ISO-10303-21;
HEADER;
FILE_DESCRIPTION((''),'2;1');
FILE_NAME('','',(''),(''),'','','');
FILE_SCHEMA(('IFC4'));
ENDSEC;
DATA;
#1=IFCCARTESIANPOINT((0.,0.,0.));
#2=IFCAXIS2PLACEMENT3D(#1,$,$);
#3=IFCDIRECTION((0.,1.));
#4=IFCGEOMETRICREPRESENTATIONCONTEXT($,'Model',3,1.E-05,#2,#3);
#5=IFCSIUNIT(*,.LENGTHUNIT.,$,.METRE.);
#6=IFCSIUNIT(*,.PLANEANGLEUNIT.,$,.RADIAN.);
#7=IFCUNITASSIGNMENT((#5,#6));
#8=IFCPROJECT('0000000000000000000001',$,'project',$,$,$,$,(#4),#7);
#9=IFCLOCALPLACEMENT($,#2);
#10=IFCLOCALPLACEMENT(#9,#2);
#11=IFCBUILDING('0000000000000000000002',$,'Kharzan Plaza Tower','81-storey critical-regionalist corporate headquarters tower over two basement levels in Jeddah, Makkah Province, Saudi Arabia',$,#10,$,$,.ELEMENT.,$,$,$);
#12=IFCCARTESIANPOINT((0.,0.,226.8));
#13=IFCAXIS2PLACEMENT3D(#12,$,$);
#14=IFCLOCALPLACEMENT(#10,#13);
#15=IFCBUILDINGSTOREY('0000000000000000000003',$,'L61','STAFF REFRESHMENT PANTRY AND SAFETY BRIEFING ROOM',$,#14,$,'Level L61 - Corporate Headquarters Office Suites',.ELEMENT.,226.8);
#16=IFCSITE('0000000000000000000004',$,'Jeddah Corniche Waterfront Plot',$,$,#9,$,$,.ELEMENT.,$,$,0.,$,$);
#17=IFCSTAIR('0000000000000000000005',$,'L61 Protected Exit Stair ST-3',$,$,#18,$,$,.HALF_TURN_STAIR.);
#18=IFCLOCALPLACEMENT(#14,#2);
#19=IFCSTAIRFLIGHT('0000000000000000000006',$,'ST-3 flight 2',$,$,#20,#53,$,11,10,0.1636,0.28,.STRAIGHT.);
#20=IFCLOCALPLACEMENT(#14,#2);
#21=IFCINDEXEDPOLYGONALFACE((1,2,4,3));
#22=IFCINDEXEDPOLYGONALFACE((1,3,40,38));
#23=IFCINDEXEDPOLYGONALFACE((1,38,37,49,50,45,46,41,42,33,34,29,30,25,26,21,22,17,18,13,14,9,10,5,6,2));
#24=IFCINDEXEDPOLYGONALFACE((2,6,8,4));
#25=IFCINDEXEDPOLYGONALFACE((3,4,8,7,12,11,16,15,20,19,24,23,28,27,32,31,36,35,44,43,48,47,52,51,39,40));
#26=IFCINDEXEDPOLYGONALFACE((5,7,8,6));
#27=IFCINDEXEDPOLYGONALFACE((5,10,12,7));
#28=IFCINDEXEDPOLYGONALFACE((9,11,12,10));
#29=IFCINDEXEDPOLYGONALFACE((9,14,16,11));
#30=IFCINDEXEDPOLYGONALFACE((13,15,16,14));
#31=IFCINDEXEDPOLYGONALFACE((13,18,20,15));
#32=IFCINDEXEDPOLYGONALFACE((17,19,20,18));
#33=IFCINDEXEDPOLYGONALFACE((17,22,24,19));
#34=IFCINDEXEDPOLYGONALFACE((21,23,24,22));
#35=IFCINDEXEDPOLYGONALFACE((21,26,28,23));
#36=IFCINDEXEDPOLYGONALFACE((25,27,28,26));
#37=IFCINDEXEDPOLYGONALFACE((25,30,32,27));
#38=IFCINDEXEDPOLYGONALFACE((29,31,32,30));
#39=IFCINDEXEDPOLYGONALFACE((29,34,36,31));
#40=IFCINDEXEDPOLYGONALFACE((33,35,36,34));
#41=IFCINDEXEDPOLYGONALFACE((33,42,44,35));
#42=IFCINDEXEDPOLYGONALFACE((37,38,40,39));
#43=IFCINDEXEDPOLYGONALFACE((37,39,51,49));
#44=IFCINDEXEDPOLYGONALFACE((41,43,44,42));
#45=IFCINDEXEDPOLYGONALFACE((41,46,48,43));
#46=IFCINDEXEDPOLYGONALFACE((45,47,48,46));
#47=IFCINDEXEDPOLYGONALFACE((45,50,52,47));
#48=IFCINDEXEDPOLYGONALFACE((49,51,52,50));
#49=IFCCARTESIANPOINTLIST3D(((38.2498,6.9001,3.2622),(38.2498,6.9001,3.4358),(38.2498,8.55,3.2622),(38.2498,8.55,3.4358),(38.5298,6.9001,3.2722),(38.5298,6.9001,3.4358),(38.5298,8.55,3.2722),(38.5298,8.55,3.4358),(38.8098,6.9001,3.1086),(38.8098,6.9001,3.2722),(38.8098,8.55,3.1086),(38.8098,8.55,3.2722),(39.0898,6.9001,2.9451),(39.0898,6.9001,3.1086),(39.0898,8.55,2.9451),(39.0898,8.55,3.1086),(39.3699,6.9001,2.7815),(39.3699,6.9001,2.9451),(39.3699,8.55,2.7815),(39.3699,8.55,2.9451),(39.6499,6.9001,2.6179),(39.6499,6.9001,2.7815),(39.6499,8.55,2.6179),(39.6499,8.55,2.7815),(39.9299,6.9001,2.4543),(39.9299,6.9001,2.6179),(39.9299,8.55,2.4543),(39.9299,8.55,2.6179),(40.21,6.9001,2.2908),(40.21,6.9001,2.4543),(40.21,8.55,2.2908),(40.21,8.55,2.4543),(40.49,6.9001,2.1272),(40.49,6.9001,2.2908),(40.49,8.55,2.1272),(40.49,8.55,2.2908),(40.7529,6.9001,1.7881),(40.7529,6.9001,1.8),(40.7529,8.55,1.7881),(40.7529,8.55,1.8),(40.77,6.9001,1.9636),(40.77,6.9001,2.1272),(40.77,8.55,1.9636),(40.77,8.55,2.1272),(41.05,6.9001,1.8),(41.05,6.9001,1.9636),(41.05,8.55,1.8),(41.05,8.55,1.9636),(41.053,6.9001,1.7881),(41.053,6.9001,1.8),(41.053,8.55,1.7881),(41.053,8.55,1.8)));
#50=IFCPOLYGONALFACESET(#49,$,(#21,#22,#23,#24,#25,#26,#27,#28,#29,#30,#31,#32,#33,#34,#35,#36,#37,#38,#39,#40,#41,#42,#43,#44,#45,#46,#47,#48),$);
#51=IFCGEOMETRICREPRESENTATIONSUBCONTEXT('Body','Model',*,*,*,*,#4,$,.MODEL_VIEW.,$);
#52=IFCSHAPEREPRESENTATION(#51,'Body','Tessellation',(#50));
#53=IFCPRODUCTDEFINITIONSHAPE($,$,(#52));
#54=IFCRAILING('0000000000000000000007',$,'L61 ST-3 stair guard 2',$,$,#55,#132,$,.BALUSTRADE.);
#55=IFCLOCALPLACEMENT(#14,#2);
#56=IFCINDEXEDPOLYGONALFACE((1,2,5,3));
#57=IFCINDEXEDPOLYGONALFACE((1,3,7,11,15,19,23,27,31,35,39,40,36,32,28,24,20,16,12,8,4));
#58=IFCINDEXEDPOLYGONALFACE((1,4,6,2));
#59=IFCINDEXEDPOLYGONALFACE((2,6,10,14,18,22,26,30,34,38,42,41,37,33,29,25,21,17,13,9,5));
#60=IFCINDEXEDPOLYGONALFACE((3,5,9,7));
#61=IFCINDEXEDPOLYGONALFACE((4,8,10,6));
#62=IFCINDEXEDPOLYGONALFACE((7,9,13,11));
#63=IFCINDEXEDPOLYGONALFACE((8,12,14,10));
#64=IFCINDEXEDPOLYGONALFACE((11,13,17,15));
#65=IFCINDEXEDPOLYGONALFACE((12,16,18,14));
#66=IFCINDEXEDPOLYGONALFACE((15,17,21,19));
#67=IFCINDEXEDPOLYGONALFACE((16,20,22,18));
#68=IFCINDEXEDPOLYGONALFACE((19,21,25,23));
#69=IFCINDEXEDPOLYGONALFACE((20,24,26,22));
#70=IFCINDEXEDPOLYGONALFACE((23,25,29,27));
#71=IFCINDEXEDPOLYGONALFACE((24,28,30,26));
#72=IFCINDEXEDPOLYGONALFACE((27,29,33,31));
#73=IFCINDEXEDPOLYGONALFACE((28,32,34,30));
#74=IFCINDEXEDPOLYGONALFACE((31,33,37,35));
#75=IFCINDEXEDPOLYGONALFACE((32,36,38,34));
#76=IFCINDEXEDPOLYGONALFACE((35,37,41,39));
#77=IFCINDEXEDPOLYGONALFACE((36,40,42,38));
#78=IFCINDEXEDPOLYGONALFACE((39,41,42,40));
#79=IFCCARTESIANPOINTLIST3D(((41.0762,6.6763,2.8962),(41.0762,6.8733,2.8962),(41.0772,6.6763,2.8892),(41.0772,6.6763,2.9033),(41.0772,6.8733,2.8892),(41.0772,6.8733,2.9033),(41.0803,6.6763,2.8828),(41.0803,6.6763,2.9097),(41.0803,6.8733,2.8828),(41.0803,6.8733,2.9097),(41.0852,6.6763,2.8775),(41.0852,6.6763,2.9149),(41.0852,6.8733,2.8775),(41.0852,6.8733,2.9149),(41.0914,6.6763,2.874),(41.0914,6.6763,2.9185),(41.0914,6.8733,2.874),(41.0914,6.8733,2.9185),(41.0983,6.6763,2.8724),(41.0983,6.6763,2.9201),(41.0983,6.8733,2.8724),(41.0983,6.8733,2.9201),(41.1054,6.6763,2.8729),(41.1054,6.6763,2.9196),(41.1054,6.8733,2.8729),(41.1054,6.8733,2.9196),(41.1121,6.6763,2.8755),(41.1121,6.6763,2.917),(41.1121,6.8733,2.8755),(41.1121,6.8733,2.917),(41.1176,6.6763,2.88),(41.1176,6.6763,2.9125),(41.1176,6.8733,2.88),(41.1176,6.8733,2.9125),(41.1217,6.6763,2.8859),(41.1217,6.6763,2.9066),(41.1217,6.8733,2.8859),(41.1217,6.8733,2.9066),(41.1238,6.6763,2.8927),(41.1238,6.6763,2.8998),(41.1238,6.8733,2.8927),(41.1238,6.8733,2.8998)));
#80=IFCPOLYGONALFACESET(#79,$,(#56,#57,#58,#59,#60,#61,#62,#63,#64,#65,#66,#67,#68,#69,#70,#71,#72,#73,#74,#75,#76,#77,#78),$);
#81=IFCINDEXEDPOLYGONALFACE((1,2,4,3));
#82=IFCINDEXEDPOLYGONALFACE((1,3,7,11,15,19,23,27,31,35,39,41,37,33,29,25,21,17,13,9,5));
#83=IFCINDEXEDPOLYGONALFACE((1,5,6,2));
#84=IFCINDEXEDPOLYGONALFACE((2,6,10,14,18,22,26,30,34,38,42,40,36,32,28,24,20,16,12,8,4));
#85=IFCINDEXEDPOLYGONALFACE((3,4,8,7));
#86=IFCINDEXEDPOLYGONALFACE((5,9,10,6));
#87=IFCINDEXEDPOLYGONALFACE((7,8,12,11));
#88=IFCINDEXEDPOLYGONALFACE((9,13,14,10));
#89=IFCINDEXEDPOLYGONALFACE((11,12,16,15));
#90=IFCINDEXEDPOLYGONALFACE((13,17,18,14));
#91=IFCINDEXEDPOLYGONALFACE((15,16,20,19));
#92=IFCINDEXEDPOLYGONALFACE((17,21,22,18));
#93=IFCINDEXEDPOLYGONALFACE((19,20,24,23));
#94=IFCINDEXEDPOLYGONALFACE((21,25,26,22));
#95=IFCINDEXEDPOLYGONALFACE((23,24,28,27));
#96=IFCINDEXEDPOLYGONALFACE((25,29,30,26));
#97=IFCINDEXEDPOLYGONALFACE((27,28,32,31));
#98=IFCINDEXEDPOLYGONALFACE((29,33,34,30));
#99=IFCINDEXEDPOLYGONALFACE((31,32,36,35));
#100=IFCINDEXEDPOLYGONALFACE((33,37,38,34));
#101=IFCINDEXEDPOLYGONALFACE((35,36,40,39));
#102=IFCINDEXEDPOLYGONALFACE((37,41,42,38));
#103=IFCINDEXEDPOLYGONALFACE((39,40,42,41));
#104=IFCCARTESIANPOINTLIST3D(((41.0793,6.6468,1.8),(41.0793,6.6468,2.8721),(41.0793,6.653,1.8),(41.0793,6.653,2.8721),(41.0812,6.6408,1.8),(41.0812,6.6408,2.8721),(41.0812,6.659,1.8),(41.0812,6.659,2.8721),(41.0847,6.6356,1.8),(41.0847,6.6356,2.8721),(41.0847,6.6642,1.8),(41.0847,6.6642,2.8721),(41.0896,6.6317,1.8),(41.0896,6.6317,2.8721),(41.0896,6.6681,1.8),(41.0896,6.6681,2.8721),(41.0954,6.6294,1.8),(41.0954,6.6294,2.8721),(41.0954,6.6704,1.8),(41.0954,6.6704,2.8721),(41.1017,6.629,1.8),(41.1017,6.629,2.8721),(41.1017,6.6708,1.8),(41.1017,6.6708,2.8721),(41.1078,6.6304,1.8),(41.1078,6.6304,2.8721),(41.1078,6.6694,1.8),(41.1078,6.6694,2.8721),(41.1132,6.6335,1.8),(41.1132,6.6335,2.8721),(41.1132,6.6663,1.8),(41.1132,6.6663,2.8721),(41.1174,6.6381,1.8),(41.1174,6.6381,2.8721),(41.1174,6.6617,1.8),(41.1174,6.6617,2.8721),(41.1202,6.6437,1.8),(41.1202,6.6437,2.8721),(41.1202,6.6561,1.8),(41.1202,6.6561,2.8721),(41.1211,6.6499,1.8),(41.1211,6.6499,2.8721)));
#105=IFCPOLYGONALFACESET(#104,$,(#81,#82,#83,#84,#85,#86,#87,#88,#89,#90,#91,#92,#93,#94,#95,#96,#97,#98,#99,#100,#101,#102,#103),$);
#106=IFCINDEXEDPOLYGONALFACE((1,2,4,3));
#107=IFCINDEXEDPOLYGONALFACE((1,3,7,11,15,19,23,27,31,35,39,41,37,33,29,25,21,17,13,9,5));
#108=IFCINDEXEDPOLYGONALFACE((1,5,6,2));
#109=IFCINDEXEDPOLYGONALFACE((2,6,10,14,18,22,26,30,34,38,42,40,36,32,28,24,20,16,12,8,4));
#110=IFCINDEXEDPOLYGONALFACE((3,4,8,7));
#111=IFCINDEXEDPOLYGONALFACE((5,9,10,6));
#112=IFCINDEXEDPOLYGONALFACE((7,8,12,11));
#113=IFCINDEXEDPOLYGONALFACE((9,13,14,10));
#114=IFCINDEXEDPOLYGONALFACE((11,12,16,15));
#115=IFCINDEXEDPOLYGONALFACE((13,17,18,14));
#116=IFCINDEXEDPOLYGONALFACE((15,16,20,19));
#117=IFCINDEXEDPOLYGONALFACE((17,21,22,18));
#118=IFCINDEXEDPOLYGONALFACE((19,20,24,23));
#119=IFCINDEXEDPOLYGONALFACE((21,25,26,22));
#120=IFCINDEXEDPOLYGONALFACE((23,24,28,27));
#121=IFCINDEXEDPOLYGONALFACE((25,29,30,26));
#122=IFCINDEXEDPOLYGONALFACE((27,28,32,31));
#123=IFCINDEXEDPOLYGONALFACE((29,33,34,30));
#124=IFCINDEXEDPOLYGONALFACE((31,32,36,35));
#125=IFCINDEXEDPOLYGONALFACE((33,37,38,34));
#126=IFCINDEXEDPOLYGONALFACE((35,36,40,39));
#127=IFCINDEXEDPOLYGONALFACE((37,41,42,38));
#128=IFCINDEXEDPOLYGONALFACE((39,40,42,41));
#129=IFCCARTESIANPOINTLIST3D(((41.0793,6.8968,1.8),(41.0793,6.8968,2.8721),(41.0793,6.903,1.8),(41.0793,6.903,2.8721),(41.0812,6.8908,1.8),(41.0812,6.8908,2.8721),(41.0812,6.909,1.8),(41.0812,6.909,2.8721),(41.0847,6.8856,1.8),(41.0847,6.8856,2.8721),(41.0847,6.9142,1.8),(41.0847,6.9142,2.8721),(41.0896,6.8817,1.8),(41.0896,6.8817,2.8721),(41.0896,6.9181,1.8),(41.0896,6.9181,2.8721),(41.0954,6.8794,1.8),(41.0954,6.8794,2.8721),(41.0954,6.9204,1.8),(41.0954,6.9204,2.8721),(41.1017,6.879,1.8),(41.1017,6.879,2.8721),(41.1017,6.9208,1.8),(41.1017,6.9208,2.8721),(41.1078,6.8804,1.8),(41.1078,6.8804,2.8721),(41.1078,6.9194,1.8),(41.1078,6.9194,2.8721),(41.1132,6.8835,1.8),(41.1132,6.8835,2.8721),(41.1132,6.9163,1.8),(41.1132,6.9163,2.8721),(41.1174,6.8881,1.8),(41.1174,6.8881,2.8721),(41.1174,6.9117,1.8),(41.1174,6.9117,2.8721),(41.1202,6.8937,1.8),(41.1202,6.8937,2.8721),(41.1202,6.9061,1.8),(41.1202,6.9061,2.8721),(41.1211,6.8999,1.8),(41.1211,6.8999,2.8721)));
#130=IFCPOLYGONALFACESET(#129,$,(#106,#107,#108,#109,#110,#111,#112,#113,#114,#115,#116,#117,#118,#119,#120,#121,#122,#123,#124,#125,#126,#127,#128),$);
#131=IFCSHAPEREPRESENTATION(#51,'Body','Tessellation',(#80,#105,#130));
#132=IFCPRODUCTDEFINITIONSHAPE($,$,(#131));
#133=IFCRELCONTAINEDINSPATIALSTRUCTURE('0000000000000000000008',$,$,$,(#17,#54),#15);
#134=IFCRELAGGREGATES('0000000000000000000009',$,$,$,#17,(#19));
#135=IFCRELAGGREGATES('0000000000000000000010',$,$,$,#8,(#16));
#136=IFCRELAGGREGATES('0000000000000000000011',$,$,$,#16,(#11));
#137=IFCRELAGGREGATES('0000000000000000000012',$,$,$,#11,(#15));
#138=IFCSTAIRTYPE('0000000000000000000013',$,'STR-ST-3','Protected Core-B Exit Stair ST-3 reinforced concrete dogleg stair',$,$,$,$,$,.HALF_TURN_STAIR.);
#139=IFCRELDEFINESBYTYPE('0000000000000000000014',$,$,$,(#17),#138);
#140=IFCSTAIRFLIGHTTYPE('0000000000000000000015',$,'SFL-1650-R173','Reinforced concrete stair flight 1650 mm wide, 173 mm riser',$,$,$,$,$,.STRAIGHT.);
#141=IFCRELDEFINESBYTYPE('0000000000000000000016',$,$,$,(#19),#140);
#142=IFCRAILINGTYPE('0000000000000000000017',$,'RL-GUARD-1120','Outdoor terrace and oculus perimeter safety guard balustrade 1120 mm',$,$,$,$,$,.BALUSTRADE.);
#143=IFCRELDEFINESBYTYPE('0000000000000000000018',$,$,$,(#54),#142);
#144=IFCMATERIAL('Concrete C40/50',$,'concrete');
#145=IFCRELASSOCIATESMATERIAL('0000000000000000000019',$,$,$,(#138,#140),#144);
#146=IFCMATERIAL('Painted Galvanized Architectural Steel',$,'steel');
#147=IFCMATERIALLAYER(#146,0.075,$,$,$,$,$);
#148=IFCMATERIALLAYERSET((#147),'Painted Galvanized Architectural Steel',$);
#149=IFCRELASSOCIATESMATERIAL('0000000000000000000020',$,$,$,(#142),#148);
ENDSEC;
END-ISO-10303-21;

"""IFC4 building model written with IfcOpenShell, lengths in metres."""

from ifc_helpers import new_model, si_unit, direction, frame, origin, origin_2d, place, context, subcontext, project, spatial, polyline, circle, outline, extrude, source, transform, mapped, material, layer, layer_set, type_object, element, aggregate, save


model = new_model("IFC4")

# Units and contexts
model_context = context("Model", 3, precision=1e-05, world=origin(), true_north=direction((0.0, 1.0)))
body_context = subcontext(model_context, "Body", "Model", "MODEL_VIEW")
ifc_project = project(units=[si_unit("LENGTHUNIT", "METRE"), si_unit("PLANEANGLEUNIT", "RADIAN")], contexts=[model_context])

# Site, building, storey
site_placement = place(None, origin())
site = spatial("IfcSite", under=ifc_project, at=site_placement, Name="Jeddah Corniche Waterfront Plot", CompositionType="ELEMENT", RefElevation=0.0)
building_placement = place(site_placement, origin())
building = spatial("IfcBuilding", under=site, at=building_placement, Name="Kharzan Plaza Tower", Description="81-storey critical-regionalist corporate headquarters tower over two basement levels in Jeddah, Makkah Province, Saudi Arabia", CompositionType="ELEMENT")
storey_placement = place(building_placement, frame((0.0, 0.0, 226.8)))
storey = spatial("IfcBuildingStorey", under=building, at=storey_placement, Name="L61", Description="STAFF REFRESHMENT PANTRY AND SAFETY BRIEFING ROOM", LongName="Level L61 - Corporate Headquarters Office Suites", CompositionType="ELEMENT", Elevation=226.8)

# Shared definitions
ifc_material_1 = material(Name="Concrete C40/50", Category="concrete")

# Stair, stair flight
stair_type = type_object("IfcStairType", Name="STR-ST-3", Description="Protected Core-B Exit Stair ST-3 reinforced concrete dogleg stair", PredefinedType="HALF_TURN_STAIR", material=ifc_material_1)
stair_placement = place(storey_placement, origin())
stair = element("IfcStair", 1, at=stair_placement, inside=storey, type_object=stair_type, Name="L61 Protected Exit Stair ST-3", PredefinedType="HALF_TURN_STAIR")
stair_flight_type = type_object("IfcStairFlightType", Name="SFL-1650-R173", Description="Reinforced concrete stair flight 1650 mm wide, 173 mm riser", PredefinedType="STRAIGHT", material=ifc_material_1)
shared_shape_1 = source(origin(), body_context, "Body", "SweptSolid", [
    extrude(outline(polyline([(-0.0029, -0.012), (-0.0029, 0.0), (0.0, 0.0), (0.0, 0.1636), (0.28, 0.1636), (0.28, 0.3271), (0.5601, 0.3271), (0.5601, 0.4907), (0.8401, 0.4907), (0.8401, 0.6543), (1.1201, 0.6543), (1.1201, 0.8179), (1.4001, 0.8179), (1.4001, 0.9814), (1.6802, 0.9814), (1.6802, 1.145), (1.9602, 1.145), (1.9602, 1.3086), (2.2402, 1.3086), (2.2402, 1.4722), (2.5203, 1.4722), (2.5203, 1.6357), (2.8003, 1.6357), (2.8003, 1.7993), (2.8003, 1.4622), (0.2971, 0.0), (0.2971, -0.012), (-0.0029, -0.012)])), frame((0.0, 0.825, 0.0), z_axis=(0.0, -1.0, 0.0), x_axis=(1.0, 0.0, 0.0)), (0.0, 0.0, 1.0), 1.6499),
])
stair_flight_placement = place(storey_placement, frame((41.05, 7.7251, 1.8), z_axis=(0.0, 0.0, 1.0), x_axis=(-1.0, 0.0, 0.0)))
stair_flight = element("IfcStairFlight", 2, at=stair_flight_placement, type_object=stair_flight_type, Name="ST-3 flight 2", NumberOfRisers=11, NumberOfTreads=10, PredefinedType="STRAIGHT", RiserHeight=0.1636, TreadLength=0.28, context=body_context, shape_type="MappedRepresentation", body=[
    mapped(shared_shape_1, transform((0.0, 0.0, 0.0), x_axis=(1.0, 0.0, 0.0), y_axis=(0.0, 1.0, 0.0), z_axis=(0.0, 0.0, 1.0))),
])
aggregate(stair, [stair_flight])

# Railing
ifc_material_2 = material(Name="Painted Galvanized Architectural Steel", Category="steel")
ifc_layer_1 = layer(ifc_material_2, 0.075)
ifc_layer_set_1 = layer_set([ifc_layer_1], Name="Painted Galvanized Architectural Steel")
railing_type_1 = type_object("IfcRailingType", Name="RL-GUARD-1120", Description="Outdoor terrace and oculus perimeter safety guard balustrade 1120 mm", PredefinedType="BALUSTRADE", material=ifc_layer_set_1)
shared_shape_2 = source(origin(), body_context, "Body", "SweptSolid", [
    extrude(circle(Radius=0.0239, at=origin_2d()), frame((0.0, 0.0264, 1.0962), z_axis=(0.0, 1.0, 0.0), x_axis=(-1.0, 0.0, 0.0)), (0.0, 0.0, 1.0), 0.197),
    extrude(circle(Radius=0.021, at=origin_2d()), origin(), (0.0, 0.0, 1.0), 1.072),
    extrude(circle(Radius=0.021, at=origin_2d()), frame((0.0, 0.25, 0.0)), (0.0, 0.0, 1.0), 1.072),
])
railing_1_placement = place(storey_placement, frame((41.1001, 6.6499, 1.8)))
element("IfcRailing", 3, at=railing_1_placement, inside=storey, type_object=railing_type_1, Name="L61 ST-3 stair guard 2", PredefinedType="BALUSTRADE", context=body_context, shape_type="MappedRepresentation", body=[
    mapped(shared_shape_2, transform((0.0, 0.0, 0.0), x_axis=(1.0, 0.0, 0.0), y_axis=(0.0, 1.0, 0.0), z_axis=(0.0, 0.0, 1.0))),
])

save(model, "model.ifc")
